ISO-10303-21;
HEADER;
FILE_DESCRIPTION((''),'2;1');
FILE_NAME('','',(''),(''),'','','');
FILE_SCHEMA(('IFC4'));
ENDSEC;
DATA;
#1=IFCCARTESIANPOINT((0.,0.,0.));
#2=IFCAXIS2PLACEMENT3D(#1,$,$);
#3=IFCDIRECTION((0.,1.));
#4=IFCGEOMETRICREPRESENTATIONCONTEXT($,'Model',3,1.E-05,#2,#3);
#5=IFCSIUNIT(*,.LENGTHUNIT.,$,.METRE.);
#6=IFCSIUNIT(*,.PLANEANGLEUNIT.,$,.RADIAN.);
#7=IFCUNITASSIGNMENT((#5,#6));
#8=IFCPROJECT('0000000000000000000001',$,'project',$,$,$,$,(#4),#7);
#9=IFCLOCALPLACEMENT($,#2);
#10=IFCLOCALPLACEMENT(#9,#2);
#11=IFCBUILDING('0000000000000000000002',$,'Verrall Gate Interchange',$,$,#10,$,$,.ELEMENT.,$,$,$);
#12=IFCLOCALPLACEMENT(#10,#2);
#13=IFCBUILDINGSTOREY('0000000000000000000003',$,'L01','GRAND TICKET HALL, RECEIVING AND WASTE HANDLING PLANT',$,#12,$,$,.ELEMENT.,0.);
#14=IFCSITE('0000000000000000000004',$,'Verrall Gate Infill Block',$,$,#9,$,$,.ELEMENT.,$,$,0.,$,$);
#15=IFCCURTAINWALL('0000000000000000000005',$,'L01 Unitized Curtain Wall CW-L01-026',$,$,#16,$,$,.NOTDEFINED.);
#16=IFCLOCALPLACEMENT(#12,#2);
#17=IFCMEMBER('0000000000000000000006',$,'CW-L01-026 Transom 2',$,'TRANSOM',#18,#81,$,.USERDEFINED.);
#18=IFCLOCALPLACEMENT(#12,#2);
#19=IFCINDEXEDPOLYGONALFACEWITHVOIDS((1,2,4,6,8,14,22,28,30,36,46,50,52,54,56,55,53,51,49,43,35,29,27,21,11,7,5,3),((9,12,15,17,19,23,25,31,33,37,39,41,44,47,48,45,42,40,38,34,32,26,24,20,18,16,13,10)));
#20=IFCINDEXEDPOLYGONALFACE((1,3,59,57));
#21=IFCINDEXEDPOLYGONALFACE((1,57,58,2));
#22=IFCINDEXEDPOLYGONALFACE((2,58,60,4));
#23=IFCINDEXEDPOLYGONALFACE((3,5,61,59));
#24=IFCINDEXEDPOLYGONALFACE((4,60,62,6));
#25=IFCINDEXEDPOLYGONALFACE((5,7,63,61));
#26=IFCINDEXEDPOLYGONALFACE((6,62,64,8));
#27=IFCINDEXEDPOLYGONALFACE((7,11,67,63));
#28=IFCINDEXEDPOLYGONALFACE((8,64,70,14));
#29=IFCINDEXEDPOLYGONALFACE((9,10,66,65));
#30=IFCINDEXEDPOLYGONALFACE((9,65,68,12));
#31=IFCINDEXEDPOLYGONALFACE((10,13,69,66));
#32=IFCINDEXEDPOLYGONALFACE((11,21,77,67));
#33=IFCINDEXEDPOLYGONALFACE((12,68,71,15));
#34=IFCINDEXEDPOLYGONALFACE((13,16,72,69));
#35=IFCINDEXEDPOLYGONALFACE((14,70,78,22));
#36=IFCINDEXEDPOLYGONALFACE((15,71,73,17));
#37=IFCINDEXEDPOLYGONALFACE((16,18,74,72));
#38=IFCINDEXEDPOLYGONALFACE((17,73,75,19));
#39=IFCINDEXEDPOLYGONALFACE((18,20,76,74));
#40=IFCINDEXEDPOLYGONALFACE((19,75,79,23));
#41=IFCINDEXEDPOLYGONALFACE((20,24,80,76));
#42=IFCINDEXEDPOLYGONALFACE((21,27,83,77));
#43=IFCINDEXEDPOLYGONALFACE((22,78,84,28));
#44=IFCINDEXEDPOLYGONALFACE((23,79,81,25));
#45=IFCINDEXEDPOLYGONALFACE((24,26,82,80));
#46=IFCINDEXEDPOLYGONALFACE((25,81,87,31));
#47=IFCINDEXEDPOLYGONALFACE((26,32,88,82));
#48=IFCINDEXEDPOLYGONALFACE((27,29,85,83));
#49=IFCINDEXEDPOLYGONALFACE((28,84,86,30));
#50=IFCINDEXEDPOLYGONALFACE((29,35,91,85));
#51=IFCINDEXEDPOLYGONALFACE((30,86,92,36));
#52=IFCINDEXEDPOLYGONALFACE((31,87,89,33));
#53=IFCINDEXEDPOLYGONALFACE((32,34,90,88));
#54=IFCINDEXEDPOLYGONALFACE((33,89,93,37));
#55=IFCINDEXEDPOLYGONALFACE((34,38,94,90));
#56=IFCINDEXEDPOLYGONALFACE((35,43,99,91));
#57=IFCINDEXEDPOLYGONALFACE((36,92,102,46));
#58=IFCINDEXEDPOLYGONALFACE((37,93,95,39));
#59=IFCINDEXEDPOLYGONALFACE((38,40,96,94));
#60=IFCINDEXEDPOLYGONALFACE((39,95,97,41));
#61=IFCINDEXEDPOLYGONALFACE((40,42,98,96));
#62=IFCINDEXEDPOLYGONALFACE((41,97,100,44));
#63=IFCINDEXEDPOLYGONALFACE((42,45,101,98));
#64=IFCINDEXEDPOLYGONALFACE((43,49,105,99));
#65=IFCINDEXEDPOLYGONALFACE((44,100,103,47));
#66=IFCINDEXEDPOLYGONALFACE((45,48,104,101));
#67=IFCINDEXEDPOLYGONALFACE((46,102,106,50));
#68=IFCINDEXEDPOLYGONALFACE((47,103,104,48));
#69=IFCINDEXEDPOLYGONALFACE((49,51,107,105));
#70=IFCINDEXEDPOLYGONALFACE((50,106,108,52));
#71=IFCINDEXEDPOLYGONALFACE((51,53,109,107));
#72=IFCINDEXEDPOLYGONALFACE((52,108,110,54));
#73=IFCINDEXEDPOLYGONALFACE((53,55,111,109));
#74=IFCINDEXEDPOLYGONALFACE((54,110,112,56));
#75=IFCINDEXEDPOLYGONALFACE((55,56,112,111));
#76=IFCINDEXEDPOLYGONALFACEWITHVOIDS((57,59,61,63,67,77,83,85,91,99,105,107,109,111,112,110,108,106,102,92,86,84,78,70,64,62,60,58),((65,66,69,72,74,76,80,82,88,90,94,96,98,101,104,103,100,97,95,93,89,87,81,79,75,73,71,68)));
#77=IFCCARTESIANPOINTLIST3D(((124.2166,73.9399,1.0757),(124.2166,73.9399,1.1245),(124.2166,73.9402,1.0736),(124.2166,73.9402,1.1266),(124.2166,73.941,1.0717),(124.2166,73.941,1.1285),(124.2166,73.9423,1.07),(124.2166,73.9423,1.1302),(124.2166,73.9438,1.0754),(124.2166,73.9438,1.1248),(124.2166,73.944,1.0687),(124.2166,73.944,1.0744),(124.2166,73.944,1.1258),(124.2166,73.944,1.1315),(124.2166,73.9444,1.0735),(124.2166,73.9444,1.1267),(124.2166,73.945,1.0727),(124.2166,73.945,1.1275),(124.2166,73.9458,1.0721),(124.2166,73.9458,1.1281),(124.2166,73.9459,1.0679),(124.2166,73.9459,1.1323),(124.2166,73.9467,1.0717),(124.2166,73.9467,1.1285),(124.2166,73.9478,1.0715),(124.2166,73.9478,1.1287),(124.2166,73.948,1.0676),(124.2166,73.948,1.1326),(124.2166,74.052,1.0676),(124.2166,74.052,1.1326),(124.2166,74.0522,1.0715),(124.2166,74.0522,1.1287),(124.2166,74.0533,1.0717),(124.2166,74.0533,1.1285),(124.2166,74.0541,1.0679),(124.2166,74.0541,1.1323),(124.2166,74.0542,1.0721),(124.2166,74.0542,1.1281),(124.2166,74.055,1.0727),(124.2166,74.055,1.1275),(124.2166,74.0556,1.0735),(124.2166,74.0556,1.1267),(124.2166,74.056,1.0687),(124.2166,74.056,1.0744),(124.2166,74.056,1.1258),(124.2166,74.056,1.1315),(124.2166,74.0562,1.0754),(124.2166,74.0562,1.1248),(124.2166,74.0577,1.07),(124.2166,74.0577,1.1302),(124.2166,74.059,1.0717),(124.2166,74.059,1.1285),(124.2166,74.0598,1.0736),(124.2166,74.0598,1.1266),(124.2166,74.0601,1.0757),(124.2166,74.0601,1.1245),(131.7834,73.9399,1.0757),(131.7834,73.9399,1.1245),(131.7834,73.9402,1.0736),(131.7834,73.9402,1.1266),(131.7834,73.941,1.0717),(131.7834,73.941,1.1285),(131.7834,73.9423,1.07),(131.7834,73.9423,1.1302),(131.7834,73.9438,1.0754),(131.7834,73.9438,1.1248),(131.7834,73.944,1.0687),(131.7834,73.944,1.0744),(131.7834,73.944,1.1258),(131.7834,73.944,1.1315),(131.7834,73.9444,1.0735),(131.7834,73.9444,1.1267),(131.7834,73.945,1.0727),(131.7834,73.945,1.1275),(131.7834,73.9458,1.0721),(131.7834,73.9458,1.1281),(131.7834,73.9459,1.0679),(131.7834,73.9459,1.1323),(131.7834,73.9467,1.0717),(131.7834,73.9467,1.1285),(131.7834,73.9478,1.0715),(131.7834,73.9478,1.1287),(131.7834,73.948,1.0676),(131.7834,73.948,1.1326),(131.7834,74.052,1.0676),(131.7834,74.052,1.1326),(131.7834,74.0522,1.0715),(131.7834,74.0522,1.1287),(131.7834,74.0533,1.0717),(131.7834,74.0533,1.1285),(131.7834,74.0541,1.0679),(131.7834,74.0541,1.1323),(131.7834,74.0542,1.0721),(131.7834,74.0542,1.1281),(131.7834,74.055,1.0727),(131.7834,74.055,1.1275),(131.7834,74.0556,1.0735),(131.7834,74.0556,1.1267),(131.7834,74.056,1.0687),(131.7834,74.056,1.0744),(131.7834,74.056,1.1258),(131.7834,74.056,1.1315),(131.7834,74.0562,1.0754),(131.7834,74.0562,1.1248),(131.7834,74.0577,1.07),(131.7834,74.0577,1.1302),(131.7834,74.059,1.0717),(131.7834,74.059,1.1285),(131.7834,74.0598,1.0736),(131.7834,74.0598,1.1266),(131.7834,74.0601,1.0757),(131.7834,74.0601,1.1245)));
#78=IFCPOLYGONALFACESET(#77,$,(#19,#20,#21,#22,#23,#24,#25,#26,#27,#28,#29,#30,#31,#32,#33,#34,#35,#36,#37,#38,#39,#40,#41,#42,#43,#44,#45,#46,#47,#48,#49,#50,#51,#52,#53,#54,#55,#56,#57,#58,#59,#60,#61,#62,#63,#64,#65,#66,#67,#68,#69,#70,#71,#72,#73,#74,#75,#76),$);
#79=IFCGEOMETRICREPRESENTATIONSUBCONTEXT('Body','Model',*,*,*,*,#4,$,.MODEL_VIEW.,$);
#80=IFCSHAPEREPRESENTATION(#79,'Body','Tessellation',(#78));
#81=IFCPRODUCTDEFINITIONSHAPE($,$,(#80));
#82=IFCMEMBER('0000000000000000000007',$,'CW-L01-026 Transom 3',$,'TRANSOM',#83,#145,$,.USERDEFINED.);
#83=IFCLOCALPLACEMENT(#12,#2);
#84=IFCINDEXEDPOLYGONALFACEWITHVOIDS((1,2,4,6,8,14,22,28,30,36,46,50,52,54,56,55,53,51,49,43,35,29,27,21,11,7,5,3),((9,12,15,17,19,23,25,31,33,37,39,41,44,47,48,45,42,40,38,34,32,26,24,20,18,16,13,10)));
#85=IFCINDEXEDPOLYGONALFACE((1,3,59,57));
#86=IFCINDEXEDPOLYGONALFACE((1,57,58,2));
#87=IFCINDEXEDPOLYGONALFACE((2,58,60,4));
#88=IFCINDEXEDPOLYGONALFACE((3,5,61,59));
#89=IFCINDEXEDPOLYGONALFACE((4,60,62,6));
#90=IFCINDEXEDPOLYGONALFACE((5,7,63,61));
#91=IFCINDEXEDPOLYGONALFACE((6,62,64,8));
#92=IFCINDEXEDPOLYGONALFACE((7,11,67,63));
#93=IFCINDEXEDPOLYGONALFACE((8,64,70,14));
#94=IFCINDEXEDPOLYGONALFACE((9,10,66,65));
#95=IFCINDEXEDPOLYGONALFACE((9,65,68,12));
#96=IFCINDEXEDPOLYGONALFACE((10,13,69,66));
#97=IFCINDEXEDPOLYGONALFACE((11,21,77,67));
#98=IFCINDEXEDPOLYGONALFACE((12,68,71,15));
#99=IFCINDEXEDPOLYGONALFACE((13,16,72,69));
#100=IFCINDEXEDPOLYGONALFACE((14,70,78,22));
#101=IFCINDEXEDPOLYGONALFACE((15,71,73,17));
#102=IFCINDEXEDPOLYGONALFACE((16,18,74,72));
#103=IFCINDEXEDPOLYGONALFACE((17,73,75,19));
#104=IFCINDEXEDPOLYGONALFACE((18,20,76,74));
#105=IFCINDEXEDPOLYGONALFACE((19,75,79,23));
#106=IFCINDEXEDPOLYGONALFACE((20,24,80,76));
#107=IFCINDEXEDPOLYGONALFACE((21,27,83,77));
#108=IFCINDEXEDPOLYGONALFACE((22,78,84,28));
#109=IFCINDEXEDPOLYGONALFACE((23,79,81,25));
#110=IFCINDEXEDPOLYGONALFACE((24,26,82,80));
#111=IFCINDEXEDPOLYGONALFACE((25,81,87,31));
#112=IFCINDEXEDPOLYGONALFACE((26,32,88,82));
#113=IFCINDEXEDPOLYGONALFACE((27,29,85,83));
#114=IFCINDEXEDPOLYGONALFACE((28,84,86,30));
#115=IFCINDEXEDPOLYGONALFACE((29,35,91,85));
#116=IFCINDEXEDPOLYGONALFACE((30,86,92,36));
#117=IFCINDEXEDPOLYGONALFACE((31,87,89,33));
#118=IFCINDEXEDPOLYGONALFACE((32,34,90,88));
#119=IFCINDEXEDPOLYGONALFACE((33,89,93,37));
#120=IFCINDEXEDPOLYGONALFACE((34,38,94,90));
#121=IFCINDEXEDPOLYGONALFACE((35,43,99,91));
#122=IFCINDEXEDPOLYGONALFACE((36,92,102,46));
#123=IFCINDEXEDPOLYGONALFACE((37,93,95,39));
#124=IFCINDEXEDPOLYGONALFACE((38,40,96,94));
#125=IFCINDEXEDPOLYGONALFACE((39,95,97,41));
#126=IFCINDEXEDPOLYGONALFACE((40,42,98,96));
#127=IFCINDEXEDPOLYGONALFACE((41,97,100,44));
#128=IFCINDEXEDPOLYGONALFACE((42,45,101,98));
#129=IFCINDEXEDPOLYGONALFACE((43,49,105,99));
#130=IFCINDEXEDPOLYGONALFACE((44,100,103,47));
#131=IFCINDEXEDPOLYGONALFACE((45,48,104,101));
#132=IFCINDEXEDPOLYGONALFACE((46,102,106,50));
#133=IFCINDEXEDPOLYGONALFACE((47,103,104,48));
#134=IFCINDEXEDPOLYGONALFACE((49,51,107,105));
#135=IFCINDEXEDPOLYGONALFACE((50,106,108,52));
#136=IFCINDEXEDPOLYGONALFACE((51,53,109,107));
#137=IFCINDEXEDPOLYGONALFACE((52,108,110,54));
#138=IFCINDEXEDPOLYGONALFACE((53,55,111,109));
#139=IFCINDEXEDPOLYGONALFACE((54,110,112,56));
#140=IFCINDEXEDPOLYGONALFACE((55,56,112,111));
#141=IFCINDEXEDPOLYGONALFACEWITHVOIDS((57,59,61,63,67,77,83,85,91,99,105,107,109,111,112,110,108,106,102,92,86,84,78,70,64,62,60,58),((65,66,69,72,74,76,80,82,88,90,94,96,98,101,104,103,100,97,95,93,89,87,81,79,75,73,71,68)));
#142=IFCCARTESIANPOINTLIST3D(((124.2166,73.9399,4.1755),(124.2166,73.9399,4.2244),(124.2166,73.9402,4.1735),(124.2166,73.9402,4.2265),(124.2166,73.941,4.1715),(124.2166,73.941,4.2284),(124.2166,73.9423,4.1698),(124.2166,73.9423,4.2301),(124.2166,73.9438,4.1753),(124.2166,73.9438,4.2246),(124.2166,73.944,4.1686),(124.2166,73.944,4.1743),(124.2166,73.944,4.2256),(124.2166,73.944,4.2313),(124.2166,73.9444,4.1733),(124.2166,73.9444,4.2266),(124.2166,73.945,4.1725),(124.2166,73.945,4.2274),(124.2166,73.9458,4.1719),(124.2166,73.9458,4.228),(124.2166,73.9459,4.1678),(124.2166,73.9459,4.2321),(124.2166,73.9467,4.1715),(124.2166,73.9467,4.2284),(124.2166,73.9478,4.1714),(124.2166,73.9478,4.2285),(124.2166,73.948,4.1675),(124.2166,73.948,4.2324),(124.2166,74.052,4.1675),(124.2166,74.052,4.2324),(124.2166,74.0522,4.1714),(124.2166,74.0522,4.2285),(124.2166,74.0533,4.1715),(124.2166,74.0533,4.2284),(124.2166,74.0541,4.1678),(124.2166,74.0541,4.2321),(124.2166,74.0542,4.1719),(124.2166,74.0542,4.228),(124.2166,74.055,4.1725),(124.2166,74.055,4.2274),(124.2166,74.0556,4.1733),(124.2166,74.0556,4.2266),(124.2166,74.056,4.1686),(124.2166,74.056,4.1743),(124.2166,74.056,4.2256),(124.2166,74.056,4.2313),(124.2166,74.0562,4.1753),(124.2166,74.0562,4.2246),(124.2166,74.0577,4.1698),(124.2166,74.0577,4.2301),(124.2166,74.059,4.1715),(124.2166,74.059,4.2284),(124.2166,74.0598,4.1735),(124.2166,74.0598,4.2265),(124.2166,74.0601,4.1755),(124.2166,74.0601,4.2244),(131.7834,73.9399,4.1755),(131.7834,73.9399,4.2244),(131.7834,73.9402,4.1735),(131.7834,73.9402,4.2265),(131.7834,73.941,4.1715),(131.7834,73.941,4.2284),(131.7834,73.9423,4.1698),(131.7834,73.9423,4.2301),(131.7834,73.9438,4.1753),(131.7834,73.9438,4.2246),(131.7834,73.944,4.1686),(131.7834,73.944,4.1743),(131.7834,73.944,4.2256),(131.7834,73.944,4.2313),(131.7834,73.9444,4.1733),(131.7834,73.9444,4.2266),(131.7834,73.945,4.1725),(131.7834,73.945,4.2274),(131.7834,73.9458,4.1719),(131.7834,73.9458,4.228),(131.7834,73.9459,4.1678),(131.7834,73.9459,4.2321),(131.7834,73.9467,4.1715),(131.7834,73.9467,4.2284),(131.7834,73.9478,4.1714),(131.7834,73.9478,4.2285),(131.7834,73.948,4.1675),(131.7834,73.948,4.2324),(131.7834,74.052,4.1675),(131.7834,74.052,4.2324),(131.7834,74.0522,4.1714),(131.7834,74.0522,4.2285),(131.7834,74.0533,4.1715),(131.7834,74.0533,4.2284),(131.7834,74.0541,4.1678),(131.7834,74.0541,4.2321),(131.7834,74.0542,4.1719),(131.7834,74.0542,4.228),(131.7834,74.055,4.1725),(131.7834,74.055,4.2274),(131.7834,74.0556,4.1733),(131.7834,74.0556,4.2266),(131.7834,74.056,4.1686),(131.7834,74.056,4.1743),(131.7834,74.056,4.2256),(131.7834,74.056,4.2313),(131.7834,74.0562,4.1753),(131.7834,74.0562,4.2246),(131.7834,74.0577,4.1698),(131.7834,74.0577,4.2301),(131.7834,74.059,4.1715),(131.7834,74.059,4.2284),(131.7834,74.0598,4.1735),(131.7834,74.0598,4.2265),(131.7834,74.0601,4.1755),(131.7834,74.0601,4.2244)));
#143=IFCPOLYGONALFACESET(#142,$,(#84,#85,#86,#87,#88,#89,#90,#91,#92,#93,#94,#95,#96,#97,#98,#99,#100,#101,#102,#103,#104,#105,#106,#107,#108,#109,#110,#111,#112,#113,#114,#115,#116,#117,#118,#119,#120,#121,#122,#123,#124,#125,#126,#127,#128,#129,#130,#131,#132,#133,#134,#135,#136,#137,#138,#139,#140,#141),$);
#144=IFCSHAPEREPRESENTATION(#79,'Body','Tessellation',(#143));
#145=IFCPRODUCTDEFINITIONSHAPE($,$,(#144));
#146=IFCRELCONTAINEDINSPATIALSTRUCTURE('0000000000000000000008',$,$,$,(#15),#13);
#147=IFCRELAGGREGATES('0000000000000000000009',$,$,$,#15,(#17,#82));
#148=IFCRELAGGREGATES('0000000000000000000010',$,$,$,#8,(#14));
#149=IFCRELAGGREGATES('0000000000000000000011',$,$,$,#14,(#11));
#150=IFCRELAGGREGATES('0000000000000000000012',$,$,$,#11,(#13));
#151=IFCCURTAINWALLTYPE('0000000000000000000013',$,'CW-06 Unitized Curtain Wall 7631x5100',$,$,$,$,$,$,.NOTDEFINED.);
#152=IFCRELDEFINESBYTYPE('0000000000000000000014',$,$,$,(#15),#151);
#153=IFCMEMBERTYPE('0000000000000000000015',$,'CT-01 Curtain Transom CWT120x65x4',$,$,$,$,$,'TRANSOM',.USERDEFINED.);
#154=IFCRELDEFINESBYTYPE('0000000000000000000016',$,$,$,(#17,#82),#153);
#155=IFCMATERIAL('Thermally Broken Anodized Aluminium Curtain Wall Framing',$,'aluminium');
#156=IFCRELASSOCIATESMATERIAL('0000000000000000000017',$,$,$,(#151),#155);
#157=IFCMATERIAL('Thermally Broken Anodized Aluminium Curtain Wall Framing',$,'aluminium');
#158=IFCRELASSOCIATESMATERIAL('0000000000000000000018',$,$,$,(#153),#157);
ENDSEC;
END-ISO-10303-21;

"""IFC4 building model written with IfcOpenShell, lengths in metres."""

from ifc_helpers import new_model, si_unit, direction, frame, origin, origin_2d, place, context, subcontext, project, spatial, hollow_rectangle, extrude, material, material_profile, profile_set, type_object, element, aggregate, save


model = new_model("IFC4")

# Units and contexts
model_context = context("Model", 3, precision=1e-05, world=origin(), true_north=direction((0.0, 1.0)))
body_context = subcontext(model_context, "Body", "Model", "MODEL_VIEW")
ifc_project = project(units=[si_unit("LENGTHUNIT", "METRE"), si_unit("PLANEANGLEUNIT", "RADIAN")], contexts=[model_context])

# Site, building, storey
site_placement = place(None, origin())
site = spatial("IfcSite", under=ifc_project, at=site_placement, Name="Verrall Gate Infill Block", CompositionType="ELEMENT", RefElevation=0.0)
building_placement = place(site_placement, origin())
building = spatial("IfcBuilding", under=site, at=building_placement, Name="Verrall Gate Interchange", CompositionType="ELEMENT")
storey_placement = place(building_placement, origin())
storey = spatial("IfcBuildingStorey", under=building, at=storey_placement, Name="L01", Description="GRAND TICKET HALL, RECEIVING AND WASTE HANDLING PLANT", CompositionType="ELEMENT", Elevation=0.0)

# Curtain wall
ifc_material_1 = material(Name="Thermally Broken Anodized Aluminium Curtain Wall Framing", Category="aluminium")
curtain_wall_type = type_object("IfcCurtainWallType", Name="CW-06 Unitized Curtain Wall 7631x5100", PredefinedType="NOTDEFINED", material=ifc_material_1)
curtain_wall_1_placement = place(storey_placement, origin())
curtain_wall_1 = element("IfcCurtainWall", 1, at=curtain_wall_1_placement, inside=storey, type_object=curtain_wall_type, Name="L01 Unitized Curtain Wall CW-L01-026", PredefinedType="NOTDEFINED")

# Members
ifc_material_2 = material(Name="Thermally Broken Anodized Aluminium Curtain Wall Framing", Category="aluminium")
ifc_material_profile_1 = material_profile(ifc_material_2, hollow_rectangle(XDim=0.1201, YDim=0.0649, WallThickness=0.0039, InnerFilletRadius=0.0039, OuterFilletRadius=0.0081, at=origin_2d()), Name="CWT120x65x4")
ifc_profile_set_1 = profile_set([ifc_material_profile_1], Name="Thermally Broken Anodized Aluminium Curtain Wall Framing")
member_type_1 = type_object("IfcMemberType", Name="CT-01 Curtain Transom CWT120x65x4", ElementType="TRANSOM", PredefinedType="USERDEFINED", material=ifc_profile_set_1)
member_1_placement = place(storey_placement, frame((124.2166, 74.0, 1.1001), z_axis=(1.0, 0.0, 0.0), x_axis=(0.0, 1.0, 0.0)))
member_1 = element("IfcMember", 2, at=member_1_placement, type_object=member_type_1, Name="CW-L01-026 Transom 2", ObjectType="TRANSOM", PredefinedType="USERDEFINED", context=body_context, shape_type="SweptSolid", body=[
    extrude(hollow_rectangle(XDim=0.1201, YDim=0.0649, WallThickness=0.0039, InnerFilletRadius=0.0039, OuterFilletRadius=0.0081, at=origin_2d()), origin(), (0.0, 0.0, 1.0), 7.5669),
])
member_2_placement = place(storey_placement, frame((124.2166, 74.0, 4.2), z_axis=(1.0, 0.0, 0.0), x_axis=(0.0, 1.0, 0.0)))
member_2 = element("IfcMember", 3, at=member_2_placement, type_object=member_type_1, Name="CW-L01-026 Transom 3", ObjectType="TRANSOM", PredefinedType="USERDEFINED", context=body_context, shape_type="SweptSolid", body=[
    extrude(hollow_rectangle(XDim=0.1201, YDim=0.0649, WallThickness=0.0039, InnerFilletRadius=0.0039, OuterFilletRadius=0.0081, at=origin_2d()), origin(), (0.0, 0.0, 1.0), 7.5669),
])

aggregate(curtain_wall_1, [member_1, member_2])

save(model, "model.ifc")
